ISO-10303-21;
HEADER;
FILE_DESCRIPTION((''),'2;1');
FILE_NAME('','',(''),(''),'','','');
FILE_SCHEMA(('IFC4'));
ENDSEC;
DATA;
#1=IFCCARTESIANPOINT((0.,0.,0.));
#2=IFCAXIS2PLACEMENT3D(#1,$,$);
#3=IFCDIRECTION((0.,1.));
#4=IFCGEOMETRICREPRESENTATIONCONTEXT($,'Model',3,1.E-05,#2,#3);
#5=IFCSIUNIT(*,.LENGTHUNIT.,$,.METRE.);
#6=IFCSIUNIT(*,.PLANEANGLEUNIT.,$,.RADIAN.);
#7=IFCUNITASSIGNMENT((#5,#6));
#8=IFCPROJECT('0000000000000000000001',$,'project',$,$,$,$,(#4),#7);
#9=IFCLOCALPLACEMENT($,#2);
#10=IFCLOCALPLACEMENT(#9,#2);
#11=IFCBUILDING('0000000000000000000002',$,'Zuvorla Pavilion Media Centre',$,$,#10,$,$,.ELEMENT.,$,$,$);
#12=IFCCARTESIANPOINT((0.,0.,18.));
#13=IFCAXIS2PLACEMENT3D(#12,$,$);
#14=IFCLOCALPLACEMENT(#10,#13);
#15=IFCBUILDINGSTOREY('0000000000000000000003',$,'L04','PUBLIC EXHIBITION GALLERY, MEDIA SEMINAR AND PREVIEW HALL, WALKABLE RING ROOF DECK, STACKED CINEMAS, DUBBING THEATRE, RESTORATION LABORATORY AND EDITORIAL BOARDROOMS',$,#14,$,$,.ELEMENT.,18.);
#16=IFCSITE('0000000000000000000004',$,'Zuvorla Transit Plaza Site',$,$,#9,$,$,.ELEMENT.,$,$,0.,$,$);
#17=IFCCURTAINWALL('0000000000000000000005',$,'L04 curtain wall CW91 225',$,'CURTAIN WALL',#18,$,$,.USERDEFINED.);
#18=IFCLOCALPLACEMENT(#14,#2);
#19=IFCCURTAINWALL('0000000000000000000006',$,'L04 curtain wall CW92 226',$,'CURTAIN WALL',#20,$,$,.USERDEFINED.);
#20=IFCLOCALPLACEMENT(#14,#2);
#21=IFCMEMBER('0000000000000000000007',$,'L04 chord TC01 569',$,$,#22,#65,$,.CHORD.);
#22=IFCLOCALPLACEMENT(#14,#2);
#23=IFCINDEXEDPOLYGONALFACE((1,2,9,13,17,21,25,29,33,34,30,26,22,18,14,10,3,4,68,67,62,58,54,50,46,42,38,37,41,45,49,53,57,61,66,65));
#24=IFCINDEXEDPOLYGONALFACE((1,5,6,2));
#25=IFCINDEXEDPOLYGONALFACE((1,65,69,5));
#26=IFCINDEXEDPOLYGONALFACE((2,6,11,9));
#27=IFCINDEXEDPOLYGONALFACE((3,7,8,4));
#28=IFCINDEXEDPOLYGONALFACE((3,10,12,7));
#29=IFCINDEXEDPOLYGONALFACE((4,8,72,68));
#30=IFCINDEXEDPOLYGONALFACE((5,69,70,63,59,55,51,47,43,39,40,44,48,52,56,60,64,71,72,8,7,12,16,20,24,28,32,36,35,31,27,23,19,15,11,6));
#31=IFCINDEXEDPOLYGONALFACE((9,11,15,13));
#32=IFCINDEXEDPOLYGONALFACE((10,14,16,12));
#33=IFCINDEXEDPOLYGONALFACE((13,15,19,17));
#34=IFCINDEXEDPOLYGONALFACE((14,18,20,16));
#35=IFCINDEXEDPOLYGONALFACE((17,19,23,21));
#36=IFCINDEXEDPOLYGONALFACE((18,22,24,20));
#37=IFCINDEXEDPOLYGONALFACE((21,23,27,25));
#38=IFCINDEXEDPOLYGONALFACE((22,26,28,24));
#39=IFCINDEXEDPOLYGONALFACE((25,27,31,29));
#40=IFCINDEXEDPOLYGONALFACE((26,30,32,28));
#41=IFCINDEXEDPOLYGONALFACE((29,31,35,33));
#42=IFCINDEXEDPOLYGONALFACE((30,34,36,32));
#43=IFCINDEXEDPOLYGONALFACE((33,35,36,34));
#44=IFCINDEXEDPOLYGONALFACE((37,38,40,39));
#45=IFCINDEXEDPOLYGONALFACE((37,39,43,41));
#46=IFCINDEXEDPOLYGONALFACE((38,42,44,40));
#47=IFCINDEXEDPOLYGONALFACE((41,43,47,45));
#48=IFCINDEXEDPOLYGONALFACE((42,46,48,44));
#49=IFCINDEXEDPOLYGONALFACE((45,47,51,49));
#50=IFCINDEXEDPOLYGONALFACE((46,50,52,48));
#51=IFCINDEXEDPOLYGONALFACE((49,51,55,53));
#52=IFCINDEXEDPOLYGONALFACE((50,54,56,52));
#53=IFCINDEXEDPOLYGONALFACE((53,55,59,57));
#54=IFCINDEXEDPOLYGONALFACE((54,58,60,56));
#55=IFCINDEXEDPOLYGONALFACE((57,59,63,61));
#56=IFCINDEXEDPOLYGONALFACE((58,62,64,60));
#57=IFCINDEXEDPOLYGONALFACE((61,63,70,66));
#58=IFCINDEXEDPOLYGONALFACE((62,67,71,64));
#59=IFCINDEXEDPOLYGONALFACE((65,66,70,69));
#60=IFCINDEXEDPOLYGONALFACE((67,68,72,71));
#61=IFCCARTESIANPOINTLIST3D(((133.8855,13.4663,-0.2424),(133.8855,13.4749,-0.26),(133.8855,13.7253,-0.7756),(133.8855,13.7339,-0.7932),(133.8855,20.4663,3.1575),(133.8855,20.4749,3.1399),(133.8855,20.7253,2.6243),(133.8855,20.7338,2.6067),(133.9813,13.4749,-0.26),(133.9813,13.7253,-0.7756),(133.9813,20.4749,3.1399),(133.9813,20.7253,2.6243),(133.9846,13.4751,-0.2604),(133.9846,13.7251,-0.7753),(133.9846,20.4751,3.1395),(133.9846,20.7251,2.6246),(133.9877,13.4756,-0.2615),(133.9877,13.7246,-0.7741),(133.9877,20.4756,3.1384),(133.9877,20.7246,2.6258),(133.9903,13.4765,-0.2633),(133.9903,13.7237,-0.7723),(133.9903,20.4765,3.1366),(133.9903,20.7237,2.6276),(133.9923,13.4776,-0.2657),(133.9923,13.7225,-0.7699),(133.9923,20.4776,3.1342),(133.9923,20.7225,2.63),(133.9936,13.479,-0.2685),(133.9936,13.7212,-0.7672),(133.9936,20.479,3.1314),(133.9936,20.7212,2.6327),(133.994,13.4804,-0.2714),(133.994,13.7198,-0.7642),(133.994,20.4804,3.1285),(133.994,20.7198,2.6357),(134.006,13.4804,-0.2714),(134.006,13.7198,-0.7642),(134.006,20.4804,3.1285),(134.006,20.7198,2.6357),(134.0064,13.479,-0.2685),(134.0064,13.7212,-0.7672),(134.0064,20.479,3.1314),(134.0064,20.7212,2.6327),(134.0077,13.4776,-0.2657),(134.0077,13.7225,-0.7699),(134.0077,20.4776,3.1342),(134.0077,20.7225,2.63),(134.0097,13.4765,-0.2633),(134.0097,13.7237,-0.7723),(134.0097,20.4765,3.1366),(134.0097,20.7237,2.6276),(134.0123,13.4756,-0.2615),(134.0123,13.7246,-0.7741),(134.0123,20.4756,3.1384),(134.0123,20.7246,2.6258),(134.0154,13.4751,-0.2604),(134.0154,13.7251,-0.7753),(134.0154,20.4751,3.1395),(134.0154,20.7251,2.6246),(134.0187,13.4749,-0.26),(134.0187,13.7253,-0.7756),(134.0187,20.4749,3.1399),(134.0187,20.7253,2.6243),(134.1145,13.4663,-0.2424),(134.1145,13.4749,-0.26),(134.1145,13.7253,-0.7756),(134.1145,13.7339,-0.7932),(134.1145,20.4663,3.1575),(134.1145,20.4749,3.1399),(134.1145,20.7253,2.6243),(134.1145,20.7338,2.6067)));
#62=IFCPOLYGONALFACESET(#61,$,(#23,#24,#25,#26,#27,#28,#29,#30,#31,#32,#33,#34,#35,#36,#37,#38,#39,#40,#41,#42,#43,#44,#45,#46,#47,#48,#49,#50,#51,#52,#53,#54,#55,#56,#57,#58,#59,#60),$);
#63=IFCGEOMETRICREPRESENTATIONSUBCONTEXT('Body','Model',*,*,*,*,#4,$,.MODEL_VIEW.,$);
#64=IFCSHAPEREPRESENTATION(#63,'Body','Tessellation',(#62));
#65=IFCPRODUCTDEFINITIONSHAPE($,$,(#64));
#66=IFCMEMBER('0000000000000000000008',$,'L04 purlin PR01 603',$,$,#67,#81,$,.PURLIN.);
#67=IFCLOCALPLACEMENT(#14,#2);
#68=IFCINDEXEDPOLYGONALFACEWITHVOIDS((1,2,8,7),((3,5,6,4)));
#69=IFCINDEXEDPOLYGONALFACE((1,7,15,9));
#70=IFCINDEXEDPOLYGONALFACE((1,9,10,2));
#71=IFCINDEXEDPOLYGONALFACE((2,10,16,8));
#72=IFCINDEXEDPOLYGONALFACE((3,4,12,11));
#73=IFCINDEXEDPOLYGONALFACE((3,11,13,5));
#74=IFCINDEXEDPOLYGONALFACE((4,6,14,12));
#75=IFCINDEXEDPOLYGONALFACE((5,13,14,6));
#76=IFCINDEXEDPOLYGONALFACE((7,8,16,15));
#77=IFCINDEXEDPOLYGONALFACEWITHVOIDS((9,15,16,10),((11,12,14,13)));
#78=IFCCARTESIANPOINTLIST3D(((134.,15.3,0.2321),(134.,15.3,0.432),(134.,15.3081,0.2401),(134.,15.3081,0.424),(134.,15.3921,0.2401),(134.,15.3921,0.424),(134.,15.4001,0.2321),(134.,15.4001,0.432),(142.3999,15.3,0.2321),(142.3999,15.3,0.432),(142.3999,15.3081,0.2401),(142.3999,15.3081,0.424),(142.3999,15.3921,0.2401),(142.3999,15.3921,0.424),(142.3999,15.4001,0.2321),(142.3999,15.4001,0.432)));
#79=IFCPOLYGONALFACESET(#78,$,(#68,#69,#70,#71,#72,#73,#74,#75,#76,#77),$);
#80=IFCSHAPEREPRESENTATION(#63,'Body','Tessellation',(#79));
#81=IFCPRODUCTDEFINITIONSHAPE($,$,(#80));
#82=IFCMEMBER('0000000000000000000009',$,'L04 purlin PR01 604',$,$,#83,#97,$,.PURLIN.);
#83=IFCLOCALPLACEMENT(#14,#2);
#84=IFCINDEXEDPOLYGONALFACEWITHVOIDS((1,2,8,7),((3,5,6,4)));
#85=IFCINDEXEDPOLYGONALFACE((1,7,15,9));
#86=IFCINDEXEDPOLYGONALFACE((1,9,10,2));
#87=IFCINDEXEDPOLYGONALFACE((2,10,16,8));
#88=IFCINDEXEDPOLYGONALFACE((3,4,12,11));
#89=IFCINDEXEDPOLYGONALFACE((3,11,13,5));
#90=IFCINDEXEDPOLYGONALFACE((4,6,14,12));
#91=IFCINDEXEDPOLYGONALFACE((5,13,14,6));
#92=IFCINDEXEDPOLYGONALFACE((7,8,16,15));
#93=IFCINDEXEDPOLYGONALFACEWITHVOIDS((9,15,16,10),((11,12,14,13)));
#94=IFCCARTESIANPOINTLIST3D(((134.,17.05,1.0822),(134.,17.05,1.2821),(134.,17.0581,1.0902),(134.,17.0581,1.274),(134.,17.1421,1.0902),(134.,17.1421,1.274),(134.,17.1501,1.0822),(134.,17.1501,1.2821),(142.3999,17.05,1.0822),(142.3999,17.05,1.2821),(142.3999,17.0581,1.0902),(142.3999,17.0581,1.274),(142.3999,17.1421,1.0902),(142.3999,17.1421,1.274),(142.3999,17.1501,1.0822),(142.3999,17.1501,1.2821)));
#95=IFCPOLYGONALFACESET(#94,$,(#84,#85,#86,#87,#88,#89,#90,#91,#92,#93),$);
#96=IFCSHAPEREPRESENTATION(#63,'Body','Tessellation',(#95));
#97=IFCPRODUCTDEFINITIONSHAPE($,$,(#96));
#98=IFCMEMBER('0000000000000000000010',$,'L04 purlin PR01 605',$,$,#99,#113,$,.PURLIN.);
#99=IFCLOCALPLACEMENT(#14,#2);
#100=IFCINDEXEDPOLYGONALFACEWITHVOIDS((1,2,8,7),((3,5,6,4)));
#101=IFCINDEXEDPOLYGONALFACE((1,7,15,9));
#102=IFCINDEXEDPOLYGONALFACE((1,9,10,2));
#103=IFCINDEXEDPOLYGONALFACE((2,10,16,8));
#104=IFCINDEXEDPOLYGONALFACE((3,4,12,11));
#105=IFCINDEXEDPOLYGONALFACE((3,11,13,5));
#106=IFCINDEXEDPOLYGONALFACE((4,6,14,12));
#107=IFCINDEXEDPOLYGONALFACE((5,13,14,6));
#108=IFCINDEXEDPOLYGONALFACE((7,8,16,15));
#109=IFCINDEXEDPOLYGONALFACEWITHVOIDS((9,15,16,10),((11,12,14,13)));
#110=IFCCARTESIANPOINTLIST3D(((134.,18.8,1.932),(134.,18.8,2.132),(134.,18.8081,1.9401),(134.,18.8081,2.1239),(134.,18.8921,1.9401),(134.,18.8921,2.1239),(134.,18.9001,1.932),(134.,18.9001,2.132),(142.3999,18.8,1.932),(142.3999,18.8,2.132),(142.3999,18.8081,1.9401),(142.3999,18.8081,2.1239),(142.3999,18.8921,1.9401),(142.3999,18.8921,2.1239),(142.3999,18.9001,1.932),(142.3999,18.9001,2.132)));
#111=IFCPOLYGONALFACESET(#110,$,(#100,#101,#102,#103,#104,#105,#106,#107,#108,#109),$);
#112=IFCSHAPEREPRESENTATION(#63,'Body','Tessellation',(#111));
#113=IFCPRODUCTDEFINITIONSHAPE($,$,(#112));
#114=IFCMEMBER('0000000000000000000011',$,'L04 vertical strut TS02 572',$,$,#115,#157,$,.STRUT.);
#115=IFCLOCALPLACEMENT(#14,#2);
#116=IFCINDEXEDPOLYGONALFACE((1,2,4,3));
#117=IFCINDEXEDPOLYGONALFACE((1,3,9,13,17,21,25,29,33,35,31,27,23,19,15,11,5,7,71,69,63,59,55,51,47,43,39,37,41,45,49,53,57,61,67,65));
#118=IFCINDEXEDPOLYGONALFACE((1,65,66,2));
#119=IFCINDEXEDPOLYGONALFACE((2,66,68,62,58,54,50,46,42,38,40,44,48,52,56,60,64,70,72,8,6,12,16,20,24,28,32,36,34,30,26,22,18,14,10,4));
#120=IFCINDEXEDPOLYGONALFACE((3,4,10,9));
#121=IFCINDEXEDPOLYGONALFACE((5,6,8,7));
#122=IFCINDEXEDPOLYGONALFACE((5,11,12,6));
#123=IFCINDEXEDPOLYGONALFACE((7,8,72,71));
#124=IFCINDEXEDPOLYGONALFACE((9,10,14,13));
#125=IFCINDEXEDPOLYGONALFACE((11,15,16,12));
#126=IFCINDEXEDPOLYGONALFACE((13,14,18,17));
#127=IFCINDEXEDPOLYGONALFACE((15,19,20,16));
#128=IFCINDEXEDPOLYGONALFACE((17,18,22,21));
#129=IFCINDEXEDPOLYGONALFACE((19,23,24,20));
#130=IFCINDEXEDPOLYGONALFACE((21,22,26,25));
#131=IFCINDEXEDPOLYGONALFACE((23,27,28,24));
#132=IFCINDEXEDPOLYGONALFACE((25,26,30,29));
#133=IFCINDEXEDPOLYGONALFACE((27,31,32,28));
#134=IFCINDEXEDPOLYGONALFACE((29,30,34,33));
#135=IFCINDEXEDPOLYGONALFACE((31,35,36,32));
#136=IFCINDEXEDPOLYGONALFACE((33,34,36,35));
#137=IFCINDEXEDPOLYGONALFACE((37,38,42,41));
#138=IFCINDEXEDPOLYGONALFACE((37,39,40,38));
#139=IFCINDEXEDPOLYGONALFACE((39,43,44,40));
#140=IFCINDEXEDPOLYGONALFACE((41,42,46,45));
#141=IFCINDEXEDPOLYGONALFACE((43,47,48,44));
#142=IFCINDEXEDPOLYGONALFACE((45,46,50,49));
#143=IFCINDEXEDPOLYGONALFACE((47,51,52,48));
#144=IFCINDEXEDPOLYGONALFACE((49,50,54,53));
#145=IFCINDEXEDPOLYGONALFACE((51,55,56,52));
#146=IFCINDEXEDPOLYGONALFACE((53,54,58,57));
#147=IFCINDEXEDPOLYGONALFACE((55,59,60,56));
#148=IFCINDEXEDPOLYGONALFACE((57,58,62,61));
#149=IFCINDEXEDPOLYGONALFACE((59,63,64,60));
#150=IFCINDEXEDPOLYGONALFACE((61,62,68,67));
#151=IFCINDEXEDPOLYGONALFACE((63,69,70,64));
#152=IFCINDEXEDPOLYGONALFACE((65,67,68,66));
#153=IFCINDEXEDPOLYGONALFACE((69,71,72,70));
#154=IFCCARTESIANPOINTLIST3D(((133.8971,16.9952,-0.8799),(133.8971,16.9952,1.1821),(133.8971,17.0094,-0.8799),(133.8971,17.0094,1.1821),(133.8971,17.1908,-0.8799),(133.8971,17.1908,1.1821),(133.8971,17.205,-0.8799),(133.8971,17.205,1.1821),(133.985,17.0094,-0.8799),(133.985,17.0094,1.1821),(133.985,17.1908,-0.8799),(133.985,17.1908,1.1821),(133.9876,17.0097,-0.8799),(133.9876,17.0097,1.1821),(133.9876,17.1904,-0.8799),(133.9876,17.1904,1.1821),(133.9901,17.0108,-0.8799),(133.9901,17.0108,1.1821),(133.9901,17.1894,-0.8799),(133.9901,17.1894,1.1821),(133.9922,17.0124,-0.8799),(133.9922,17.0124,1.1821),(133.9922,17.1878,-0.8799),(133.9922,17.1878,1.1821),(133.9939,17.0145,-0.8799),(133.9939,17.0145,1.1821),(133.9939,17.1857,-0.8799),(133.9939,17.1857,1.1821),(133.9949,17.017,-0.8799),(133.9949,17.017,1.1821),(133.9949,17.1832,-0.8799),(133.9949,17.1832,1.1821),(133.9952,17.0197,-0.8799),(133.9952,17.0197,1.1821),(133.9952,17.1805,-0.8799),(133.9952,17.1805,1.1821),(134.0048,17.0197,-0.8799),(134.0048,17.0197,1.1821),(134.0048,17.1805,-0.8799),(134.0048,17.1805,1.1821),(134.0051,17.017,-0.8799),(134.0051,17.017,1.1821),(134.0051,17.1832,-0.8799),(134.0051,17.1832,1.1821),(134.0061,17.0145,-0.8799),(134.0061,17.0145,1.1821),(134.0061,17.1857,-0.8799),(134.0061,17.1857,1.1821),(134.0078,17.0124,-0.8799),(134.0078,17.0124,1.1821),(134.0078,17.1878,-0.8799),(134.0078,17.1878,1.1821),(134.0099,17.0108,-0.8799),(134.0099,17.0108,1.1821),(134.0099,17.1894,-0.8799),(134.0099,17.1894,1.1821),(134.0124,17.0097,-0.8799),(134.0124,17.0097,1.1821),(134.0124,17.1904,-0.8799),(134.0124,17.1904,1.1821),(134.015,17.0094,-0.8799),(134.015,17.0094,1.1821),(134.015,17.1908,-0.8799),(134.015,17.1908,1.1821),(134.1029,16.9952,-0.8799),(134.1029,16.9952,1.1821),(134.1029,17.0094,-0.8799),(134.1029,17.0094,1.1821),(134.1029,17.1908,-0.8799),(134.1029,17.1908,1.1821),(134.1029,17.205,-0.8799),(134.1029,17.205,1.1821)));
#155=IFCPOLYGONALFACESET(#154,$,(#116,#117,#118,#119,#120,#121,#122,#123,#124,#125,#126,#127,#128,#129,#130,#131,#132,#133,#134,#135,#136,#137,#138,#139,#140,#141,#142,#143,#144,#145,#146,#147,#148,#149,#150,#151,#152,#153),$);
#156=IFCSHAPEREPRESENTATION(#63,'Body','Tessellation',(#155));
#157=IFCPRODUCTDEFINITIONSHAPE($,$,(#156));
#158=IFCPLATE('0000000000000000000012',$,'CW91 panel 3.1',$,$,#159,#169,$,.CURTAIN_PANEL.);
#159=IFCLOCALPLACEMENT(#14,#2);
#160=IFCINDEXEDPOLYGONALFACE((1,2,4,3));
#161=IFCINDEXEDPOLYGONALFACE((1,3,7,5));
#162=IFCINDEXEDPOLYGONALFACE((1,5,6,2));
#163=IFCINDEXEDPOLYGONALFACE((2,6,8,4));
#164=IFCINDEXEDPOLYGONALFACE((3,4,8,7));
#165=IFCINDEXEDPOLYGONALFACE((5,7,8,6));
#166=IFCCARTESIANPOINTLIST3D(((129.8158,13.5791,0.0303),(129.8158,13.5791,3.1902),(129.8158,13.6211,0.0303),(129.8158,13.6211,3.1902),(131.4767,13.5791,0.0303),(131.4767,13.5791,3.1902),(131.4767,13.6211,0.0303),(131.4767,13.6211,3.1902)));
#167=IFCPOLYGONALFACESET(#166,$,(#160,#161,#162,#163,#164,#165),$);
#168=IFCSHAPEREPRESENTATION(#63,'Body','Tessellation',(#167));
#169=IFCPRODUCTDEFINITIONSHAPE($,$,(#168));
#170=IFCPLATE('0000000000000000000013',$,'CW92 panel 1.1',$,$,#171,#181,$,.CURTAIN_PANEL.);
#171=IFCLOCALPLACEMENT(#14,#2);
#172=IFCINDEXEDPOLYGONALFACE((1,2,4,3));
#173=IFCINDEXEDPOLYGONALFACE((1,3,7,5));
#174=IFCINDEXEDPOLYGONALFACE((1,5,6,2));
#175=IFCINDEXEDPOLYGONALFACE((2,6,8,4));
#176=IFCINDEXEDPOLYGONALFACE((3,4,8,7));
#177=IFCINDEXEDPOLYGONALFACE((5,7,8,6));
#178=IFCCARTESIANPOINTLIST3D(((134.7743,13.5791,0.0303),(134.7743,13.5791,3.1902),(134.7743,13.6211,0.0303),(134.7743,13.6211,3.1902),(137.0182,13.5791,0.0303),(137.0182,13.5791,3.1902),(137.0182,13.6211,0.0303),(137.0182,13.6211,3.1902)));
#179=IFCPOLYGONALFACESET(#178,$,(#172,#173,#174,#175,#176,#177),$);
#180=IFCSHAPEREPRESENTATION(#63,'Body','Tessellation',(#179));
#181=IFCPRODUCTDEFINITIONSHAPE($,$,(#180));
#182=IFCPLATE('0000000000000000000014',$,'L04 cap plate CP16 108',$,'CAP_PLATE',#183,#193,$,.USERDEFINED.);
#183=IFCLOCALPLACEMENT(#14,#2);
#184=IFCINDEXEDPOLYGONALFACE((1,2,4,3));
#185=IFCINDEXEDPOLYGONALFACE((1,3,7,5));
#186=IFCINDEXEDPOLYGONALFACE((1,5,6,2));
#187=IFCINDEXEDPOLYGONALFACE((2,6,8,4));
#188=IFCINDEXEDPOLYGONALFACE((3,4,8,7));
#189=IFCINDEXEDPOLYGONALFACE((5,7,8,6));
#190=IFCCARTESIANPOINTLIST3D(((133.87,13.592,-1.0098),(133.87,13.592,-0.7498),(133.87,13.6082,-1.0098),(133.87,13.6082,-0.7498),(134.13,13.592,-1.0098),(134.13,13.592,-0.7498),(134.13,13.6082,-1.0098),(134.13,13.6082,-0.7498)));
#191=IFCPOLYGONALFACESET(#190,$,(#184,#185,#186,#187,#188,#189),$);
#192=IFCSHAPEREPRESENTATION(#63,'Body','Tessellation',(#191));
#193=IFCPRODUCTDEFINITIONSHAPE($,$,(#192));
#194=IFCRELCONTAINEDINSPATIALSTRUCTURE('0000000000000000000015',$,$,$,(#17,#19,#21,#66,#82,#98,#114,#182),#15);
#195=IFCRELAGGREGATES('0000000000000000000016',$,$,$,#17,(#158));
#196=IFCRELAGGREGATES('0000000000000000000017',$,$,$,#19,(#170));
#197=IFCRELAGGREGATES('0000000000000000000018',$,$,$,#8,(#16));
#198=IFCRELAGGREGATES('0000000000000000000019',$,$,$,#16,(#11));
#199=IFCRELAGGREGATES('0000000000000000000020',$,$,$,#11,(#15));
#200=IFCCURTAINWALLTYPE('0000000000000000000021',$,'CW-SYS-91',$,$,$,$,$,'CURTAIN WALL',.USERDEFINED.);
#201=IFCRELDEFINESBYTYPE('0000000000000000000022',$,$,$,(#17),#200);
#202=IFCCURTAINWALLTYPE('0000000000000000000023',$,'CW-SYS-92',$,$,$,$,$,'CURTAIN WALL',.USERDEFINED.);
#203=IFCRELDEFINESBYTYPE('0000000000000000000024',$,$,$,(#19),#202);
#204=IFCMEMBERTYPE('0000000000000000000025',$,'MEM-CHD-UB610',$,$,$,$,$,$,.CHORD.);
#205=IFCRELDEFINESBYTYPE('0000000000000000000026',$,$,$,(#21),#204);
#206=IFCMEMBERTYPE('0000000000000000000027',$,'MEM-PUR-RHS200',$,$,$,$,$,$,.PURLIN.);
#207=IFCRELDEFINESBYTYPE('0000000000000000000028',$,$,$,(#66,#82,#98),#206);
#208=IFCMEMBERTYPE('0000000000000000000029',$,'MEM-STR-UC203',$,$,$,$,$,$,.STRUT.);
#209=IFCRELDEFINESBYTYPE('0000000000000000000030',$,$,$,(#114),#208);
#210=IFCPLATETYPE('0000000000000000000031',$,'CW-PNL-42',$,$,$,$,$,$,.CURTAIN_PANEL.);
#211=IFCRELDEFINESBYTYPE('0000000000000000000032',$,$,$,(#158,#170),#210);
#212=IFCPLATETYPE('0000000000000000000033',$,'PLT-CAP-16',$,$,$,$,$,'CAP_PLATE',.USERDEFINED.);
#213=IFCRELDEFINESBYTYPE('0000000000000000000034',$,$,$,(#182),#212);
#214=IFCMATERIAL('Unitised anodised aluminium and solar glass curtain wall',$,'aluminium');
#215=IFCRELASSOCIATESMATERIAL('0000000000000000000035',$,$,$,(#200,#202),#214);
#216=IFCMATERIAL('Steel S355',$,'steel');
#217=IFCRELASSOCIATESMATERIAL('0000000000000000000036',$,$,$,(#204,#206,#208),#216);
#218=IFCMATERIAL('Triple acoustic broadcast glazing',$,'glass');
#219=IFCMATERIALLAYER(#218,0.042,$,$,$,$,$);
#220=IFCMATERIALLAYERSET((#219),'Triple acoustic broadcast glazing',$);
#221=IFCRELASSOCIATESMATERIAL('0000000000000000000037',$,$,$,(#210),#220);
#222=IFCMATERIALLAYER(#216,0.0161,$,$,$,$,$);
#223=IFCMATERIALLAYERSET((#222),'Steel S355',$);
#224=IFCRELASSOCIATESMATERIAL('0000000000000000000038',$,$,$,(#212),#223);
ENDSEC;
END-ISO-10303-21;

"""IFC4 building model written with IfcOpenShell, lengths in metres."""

from ifc_helpers import new_model, si_unit, direction, frame, origin, origin_2d, place, context, subcontext, project, spatial, rectangle, hollow_rectangle, i_section, extrude, material, layer, layer_set, material_profile, profile_set, type_object, element, aggregate, save


model = new_model("IFC4")

# Units and contexts
model_context = context("Model", 3, precision=1e-05, world=origin(), true_north=direction((0.0, 1.0)))
body_context = subcontext(model_context, "Body", "Model", "MODEL_VIEW")
ifc_project = project(units=[si_unit("LENGTHUNIT", "METRE"), si_unit("PLANEANGLEUNIT", "RADIAN")], contexts=[model_context])

# Site, building, storey
site_placement = place(None, origin())
site = spatial("IfcSite", under=ifc_project, at=site_placement, Name="Zuvorla Transit Plaza Site", CompositionType="ELEMENT", RefElevation=0.0)
building_placement = place(site_placement, origin())
building = spatial("IfcBuilding", under=site, at=building_placement, Name="Zuvorla Pavilion Media Centre", CompositionType="ELEMENT")
storey_placement = place(building_placement, frame((0.0, 0.0, 18.0)))
storey = spatial("IfcBuildingStorey", under=building, at=storey_placement, Name="L04", Description="PUBLIC EXHIBITION GALLERY, MEDIA SEMINAR AND PREVIEW HALL, WALKABLE RING ROOF DECK, STACKED CINEMAS, DUBBING THEATRE, RESTORATION LABORATORY AND EDITORIAL BOARDROOMS", CompositionType="ELEMENT", Elevation=18.0)

# Curtain walls
ifc_material_1 = material(Name="Unitised anodised aluminium and solar glass curtain wall", Category="aluminium")
curtain_wall_type_1 = type_object("IfcCurtainWallType", Name="CW-SYS-91", ElementType="CURTAIN WALL", PredefinedType="USERDEFINED", material=ifc_material_1)
curtain_wall_1_placement = place(storey_placement, origin())
curtain_wall_1 = element("IfcCurtainWall", 1, at=curtain_wall_1_placement, inside=storey, type_object=curtain_wall_type_1, Name="L04 curtain wall CW91 225", ObjectType="CURTAIN WALL", PredefinedType="USERDEFINED")
curtain_wall_type_2 = type_object("IfcCurtainWallType", Name="CW-SYS-92", ElementType="CURTAIN WALL", PredefinedType="USERDEFINED", material=ifc_material_1)
curtain_wall_2_placement = place(storey_placement, origin())
curtain_wall_2 = element("IfcCurtainWall", 2, at=curtain_wall_2_placement, inside=storey, type_object=curtain_wall_type_2, Name="L04 curtain wall CW92 226", ObjectType="CURTAIN WALL", PredefinedType="USERDEFINED")

# Members
ifc_material_2 = material(Name="Steel S355", Category="steel")
ifc_material_profile_1 = material_profile(ifc_material_2, i_section(OverallWidth=0.229, OverallDepth=0.6123, WebThickness=0.012, FlangeThickness=0.0195, FilletRadius=0.0127, at=origin_2d()), Name="UB 610x229x125")
ifc_profile_set_1 = profile_set([ifc_material_profile_1], Name="Steel S355")
member_type_1 = type_object("IfcMemberType", Name="MEM-CHD-UB610", PredefinedType="CHORD", material=ifc_profile_set_1)
member_1_placement = place(storey_placement, frame((134.0, 13.6001, -0.5178), z_axis=(0.0, 0.899513, 0.436894), x_axis=(-1.0, 0.0, 0.0)))
element("IfcMember", 3, at=member_1_placement, inside=storey, type_object=member_type_1, Name="L04 chord TC01 569", PredefinedType="CHORD", context=body_context, shape_type="SweptSolid", body=[
    extrude(i_section(OverallWidth=0.229, OverallDepth=0.6123, WebThickness=0.012, FlangeThickness=0.0195, FilletRadius=0.0127, at=origin_2d()), origin(), (0.0, 0.0, 1.0), 7.782),
])
ifc_material_profile_2 = material_profile(ifc_material_2, hollow_rectangle(XDim=0.1001, YDim=0.2, WallThickness=0.0081, at=origin_2d()), Name="RHS 200x100x8")
ifc_profile_set_2 = profile_set([ifc_material_profile_2], Name="Steel S355")
member_type_2 = type_object("IfcMemberType", Name="MEM-PUR-RHS200", PredefinedType="PURLIN", material=ifc_profile_set_2)
for number, where, z_axis, x_axis, name in (
    (4, (134.0, 15.3501, 0.332), (1.0, 0.0, 0.0), (0.0, 1.0, 0.0), "L04 purlin PR01 603"),
    (5, (134.0, 17.1001, 1.1821), (1.0, 0.0, 0.0), (0.0, 1.0, 0.0), "L04 purlin PR01 604"),
    (6, (134.0, 18.8501, 2.032), (1.0, 0.0, 0.0), (0.0, 1.0, 0.0), "L04 purlin PR01 605"),
):
    element("IfcMember", number, at=place(storey_placement, frame(where, z_axis=z_axis, x_axis=x_axis)), inside=storey, type_object=member_type_2, Name=name, PredefinedType="PURLIN", context=body_context, shape_type="SweptSolid", body=[
        extrude(hollow_rectangle(XDim=0.1001, YDim=0.2, WallThickness=0.0081, at=origin_2d()), origin(), (0.0, 0.0, 1.0), 8.3999),
    ])
ifc_material_profile_3 = material_profile(ifc_material_2, i_section(OverallWidth=0.2058, OverallDepth=0.2097, WebThickness=0.0095, FlangeThickness=0.0142, FilletRadius=0.0103, at=origin_2d()), Name="UC 203x203x60")
ifc_profile_set_3 = profile_set([ifc_material_profile_3], Name="Steel S355")
member_type_3 = type_object("IfcMemberType", Name="MEM-STR-UC203", PredefinedType="STRUT", material=ifc_profile_set_3)
member_2_placement = place(storey_placement, frame((134.0, 17.1001, -0.8799), z_axis=(0.0, 0.0, 1.0), x_axis=(1.0, 0.0, 0.0)))
element("IfcMember", 7, at=member_2_placement, inside=storey, type_object=member_type_3, Name="L04 vertical strut TS02 572", PredefinedType="STRUT", context=body_context, shape_type="SweptSolid", body=[
    extrude(i_section(OverallWidth=0.2058, OverallDepth=0.2097, WebThickness=0.0095, FlangeThickness=0.0142, FilletRadius=0.0103, at=origin_2d()), origin(), (0.0, 0.0, 1.0), 2.062),
])

# Plates
ifc_material_3 = material(Name="Triple acoustic broadcast glazing", Category="glass")
ifc_layer_1 = layer(ifc_material_3, 0.042)
ifc_layer_set_1 = layer_set([ifc_layer_1], Name="Triple acoustic broadcast glazing")
plate_type_1 = type_object("IfcPlateType", Name="CW-PNL-42", PredefinedType="CURTAIN_PANEL", material=ifc_layer_set_1)
plate_1_placement = place(storey_placement, frame((130.6462, 13.6001, 0.0303), z_axis=(0.0, 0.0, 1.0), x_axis=(1.0, 0.0, 0.0)))
plate_1 = element("IfcPlate", 8, at=plate_1_placement, type_object=plate_type_1, Name="CW91 panel 3.1", PredefinedType="CURTAIN_PANEL", context=body_context, shape_type="SweptSolid", body=[
    extrude(rectangle(XDim=1.6609, YDim=0.042, at=origin_2d()), origin(), (0.0, 0.0, 1.0), 3.1599),
])
aggregate(curtain_wall_1, [plate_1])
plate_2_placement = place(storey_placement, frame((135.8962, 13.6001, 0.0303), z_axis=(0.0, 0.0, 1.0), x_axis=(1.0, 0.0, 0.0)))
plate_2 = element("IfcPlate", 9, at=plate_2_placement, type_object=plate_type_1, Name="CW92 panel 1.1", PredefinedType="CURTAIN_PANEL", context=body_context, shape_type="SweptSolid", body=[
    extrude(rectangle(XDim=2.2439, YDim=0.042, at=origin_2d()), origin(), (0.0, 0.0, 1.0), 3.1599),
])
aggregate(curtain_wall_2, [plate_2])

# Plate
ifc_layer_2 = layer(ifc_material_2, 0.0161)
ifc_layer_set_2 = layer_set([ifc_layer_2], Name="Steel S355")
plate_type_2 = type_object("IfcPlateType", Name="PLT-CAP-16", ElementType="CAP_PLATE", PredefinedType="USERDEFINED", material=ifc_layer_set_2)
plate_3_placement = place(storey_placement, frame((134.0, 13.6001, -1.0098), z_axis=(0.0, 0.0, 1.0), x_axis=(1.0, 0.0, 0.0)))
element("IfcPlate", 10, at=plate_3_placement, inside=storey, type_object=plate_type_2, Name="L04 cap plate CP16 108", ObjectType="CAP_PLATE", PredefinedType="USERDEFINED", context=body_context, shape_type="SweptSolid", body=[
    extrude(rectangle(XDim=0.26, YDim=0.0161, at=origin_2d()), origin(), (0.0, 0.0, 1.0), 0.26),
])

save(model, "model.ifc")
